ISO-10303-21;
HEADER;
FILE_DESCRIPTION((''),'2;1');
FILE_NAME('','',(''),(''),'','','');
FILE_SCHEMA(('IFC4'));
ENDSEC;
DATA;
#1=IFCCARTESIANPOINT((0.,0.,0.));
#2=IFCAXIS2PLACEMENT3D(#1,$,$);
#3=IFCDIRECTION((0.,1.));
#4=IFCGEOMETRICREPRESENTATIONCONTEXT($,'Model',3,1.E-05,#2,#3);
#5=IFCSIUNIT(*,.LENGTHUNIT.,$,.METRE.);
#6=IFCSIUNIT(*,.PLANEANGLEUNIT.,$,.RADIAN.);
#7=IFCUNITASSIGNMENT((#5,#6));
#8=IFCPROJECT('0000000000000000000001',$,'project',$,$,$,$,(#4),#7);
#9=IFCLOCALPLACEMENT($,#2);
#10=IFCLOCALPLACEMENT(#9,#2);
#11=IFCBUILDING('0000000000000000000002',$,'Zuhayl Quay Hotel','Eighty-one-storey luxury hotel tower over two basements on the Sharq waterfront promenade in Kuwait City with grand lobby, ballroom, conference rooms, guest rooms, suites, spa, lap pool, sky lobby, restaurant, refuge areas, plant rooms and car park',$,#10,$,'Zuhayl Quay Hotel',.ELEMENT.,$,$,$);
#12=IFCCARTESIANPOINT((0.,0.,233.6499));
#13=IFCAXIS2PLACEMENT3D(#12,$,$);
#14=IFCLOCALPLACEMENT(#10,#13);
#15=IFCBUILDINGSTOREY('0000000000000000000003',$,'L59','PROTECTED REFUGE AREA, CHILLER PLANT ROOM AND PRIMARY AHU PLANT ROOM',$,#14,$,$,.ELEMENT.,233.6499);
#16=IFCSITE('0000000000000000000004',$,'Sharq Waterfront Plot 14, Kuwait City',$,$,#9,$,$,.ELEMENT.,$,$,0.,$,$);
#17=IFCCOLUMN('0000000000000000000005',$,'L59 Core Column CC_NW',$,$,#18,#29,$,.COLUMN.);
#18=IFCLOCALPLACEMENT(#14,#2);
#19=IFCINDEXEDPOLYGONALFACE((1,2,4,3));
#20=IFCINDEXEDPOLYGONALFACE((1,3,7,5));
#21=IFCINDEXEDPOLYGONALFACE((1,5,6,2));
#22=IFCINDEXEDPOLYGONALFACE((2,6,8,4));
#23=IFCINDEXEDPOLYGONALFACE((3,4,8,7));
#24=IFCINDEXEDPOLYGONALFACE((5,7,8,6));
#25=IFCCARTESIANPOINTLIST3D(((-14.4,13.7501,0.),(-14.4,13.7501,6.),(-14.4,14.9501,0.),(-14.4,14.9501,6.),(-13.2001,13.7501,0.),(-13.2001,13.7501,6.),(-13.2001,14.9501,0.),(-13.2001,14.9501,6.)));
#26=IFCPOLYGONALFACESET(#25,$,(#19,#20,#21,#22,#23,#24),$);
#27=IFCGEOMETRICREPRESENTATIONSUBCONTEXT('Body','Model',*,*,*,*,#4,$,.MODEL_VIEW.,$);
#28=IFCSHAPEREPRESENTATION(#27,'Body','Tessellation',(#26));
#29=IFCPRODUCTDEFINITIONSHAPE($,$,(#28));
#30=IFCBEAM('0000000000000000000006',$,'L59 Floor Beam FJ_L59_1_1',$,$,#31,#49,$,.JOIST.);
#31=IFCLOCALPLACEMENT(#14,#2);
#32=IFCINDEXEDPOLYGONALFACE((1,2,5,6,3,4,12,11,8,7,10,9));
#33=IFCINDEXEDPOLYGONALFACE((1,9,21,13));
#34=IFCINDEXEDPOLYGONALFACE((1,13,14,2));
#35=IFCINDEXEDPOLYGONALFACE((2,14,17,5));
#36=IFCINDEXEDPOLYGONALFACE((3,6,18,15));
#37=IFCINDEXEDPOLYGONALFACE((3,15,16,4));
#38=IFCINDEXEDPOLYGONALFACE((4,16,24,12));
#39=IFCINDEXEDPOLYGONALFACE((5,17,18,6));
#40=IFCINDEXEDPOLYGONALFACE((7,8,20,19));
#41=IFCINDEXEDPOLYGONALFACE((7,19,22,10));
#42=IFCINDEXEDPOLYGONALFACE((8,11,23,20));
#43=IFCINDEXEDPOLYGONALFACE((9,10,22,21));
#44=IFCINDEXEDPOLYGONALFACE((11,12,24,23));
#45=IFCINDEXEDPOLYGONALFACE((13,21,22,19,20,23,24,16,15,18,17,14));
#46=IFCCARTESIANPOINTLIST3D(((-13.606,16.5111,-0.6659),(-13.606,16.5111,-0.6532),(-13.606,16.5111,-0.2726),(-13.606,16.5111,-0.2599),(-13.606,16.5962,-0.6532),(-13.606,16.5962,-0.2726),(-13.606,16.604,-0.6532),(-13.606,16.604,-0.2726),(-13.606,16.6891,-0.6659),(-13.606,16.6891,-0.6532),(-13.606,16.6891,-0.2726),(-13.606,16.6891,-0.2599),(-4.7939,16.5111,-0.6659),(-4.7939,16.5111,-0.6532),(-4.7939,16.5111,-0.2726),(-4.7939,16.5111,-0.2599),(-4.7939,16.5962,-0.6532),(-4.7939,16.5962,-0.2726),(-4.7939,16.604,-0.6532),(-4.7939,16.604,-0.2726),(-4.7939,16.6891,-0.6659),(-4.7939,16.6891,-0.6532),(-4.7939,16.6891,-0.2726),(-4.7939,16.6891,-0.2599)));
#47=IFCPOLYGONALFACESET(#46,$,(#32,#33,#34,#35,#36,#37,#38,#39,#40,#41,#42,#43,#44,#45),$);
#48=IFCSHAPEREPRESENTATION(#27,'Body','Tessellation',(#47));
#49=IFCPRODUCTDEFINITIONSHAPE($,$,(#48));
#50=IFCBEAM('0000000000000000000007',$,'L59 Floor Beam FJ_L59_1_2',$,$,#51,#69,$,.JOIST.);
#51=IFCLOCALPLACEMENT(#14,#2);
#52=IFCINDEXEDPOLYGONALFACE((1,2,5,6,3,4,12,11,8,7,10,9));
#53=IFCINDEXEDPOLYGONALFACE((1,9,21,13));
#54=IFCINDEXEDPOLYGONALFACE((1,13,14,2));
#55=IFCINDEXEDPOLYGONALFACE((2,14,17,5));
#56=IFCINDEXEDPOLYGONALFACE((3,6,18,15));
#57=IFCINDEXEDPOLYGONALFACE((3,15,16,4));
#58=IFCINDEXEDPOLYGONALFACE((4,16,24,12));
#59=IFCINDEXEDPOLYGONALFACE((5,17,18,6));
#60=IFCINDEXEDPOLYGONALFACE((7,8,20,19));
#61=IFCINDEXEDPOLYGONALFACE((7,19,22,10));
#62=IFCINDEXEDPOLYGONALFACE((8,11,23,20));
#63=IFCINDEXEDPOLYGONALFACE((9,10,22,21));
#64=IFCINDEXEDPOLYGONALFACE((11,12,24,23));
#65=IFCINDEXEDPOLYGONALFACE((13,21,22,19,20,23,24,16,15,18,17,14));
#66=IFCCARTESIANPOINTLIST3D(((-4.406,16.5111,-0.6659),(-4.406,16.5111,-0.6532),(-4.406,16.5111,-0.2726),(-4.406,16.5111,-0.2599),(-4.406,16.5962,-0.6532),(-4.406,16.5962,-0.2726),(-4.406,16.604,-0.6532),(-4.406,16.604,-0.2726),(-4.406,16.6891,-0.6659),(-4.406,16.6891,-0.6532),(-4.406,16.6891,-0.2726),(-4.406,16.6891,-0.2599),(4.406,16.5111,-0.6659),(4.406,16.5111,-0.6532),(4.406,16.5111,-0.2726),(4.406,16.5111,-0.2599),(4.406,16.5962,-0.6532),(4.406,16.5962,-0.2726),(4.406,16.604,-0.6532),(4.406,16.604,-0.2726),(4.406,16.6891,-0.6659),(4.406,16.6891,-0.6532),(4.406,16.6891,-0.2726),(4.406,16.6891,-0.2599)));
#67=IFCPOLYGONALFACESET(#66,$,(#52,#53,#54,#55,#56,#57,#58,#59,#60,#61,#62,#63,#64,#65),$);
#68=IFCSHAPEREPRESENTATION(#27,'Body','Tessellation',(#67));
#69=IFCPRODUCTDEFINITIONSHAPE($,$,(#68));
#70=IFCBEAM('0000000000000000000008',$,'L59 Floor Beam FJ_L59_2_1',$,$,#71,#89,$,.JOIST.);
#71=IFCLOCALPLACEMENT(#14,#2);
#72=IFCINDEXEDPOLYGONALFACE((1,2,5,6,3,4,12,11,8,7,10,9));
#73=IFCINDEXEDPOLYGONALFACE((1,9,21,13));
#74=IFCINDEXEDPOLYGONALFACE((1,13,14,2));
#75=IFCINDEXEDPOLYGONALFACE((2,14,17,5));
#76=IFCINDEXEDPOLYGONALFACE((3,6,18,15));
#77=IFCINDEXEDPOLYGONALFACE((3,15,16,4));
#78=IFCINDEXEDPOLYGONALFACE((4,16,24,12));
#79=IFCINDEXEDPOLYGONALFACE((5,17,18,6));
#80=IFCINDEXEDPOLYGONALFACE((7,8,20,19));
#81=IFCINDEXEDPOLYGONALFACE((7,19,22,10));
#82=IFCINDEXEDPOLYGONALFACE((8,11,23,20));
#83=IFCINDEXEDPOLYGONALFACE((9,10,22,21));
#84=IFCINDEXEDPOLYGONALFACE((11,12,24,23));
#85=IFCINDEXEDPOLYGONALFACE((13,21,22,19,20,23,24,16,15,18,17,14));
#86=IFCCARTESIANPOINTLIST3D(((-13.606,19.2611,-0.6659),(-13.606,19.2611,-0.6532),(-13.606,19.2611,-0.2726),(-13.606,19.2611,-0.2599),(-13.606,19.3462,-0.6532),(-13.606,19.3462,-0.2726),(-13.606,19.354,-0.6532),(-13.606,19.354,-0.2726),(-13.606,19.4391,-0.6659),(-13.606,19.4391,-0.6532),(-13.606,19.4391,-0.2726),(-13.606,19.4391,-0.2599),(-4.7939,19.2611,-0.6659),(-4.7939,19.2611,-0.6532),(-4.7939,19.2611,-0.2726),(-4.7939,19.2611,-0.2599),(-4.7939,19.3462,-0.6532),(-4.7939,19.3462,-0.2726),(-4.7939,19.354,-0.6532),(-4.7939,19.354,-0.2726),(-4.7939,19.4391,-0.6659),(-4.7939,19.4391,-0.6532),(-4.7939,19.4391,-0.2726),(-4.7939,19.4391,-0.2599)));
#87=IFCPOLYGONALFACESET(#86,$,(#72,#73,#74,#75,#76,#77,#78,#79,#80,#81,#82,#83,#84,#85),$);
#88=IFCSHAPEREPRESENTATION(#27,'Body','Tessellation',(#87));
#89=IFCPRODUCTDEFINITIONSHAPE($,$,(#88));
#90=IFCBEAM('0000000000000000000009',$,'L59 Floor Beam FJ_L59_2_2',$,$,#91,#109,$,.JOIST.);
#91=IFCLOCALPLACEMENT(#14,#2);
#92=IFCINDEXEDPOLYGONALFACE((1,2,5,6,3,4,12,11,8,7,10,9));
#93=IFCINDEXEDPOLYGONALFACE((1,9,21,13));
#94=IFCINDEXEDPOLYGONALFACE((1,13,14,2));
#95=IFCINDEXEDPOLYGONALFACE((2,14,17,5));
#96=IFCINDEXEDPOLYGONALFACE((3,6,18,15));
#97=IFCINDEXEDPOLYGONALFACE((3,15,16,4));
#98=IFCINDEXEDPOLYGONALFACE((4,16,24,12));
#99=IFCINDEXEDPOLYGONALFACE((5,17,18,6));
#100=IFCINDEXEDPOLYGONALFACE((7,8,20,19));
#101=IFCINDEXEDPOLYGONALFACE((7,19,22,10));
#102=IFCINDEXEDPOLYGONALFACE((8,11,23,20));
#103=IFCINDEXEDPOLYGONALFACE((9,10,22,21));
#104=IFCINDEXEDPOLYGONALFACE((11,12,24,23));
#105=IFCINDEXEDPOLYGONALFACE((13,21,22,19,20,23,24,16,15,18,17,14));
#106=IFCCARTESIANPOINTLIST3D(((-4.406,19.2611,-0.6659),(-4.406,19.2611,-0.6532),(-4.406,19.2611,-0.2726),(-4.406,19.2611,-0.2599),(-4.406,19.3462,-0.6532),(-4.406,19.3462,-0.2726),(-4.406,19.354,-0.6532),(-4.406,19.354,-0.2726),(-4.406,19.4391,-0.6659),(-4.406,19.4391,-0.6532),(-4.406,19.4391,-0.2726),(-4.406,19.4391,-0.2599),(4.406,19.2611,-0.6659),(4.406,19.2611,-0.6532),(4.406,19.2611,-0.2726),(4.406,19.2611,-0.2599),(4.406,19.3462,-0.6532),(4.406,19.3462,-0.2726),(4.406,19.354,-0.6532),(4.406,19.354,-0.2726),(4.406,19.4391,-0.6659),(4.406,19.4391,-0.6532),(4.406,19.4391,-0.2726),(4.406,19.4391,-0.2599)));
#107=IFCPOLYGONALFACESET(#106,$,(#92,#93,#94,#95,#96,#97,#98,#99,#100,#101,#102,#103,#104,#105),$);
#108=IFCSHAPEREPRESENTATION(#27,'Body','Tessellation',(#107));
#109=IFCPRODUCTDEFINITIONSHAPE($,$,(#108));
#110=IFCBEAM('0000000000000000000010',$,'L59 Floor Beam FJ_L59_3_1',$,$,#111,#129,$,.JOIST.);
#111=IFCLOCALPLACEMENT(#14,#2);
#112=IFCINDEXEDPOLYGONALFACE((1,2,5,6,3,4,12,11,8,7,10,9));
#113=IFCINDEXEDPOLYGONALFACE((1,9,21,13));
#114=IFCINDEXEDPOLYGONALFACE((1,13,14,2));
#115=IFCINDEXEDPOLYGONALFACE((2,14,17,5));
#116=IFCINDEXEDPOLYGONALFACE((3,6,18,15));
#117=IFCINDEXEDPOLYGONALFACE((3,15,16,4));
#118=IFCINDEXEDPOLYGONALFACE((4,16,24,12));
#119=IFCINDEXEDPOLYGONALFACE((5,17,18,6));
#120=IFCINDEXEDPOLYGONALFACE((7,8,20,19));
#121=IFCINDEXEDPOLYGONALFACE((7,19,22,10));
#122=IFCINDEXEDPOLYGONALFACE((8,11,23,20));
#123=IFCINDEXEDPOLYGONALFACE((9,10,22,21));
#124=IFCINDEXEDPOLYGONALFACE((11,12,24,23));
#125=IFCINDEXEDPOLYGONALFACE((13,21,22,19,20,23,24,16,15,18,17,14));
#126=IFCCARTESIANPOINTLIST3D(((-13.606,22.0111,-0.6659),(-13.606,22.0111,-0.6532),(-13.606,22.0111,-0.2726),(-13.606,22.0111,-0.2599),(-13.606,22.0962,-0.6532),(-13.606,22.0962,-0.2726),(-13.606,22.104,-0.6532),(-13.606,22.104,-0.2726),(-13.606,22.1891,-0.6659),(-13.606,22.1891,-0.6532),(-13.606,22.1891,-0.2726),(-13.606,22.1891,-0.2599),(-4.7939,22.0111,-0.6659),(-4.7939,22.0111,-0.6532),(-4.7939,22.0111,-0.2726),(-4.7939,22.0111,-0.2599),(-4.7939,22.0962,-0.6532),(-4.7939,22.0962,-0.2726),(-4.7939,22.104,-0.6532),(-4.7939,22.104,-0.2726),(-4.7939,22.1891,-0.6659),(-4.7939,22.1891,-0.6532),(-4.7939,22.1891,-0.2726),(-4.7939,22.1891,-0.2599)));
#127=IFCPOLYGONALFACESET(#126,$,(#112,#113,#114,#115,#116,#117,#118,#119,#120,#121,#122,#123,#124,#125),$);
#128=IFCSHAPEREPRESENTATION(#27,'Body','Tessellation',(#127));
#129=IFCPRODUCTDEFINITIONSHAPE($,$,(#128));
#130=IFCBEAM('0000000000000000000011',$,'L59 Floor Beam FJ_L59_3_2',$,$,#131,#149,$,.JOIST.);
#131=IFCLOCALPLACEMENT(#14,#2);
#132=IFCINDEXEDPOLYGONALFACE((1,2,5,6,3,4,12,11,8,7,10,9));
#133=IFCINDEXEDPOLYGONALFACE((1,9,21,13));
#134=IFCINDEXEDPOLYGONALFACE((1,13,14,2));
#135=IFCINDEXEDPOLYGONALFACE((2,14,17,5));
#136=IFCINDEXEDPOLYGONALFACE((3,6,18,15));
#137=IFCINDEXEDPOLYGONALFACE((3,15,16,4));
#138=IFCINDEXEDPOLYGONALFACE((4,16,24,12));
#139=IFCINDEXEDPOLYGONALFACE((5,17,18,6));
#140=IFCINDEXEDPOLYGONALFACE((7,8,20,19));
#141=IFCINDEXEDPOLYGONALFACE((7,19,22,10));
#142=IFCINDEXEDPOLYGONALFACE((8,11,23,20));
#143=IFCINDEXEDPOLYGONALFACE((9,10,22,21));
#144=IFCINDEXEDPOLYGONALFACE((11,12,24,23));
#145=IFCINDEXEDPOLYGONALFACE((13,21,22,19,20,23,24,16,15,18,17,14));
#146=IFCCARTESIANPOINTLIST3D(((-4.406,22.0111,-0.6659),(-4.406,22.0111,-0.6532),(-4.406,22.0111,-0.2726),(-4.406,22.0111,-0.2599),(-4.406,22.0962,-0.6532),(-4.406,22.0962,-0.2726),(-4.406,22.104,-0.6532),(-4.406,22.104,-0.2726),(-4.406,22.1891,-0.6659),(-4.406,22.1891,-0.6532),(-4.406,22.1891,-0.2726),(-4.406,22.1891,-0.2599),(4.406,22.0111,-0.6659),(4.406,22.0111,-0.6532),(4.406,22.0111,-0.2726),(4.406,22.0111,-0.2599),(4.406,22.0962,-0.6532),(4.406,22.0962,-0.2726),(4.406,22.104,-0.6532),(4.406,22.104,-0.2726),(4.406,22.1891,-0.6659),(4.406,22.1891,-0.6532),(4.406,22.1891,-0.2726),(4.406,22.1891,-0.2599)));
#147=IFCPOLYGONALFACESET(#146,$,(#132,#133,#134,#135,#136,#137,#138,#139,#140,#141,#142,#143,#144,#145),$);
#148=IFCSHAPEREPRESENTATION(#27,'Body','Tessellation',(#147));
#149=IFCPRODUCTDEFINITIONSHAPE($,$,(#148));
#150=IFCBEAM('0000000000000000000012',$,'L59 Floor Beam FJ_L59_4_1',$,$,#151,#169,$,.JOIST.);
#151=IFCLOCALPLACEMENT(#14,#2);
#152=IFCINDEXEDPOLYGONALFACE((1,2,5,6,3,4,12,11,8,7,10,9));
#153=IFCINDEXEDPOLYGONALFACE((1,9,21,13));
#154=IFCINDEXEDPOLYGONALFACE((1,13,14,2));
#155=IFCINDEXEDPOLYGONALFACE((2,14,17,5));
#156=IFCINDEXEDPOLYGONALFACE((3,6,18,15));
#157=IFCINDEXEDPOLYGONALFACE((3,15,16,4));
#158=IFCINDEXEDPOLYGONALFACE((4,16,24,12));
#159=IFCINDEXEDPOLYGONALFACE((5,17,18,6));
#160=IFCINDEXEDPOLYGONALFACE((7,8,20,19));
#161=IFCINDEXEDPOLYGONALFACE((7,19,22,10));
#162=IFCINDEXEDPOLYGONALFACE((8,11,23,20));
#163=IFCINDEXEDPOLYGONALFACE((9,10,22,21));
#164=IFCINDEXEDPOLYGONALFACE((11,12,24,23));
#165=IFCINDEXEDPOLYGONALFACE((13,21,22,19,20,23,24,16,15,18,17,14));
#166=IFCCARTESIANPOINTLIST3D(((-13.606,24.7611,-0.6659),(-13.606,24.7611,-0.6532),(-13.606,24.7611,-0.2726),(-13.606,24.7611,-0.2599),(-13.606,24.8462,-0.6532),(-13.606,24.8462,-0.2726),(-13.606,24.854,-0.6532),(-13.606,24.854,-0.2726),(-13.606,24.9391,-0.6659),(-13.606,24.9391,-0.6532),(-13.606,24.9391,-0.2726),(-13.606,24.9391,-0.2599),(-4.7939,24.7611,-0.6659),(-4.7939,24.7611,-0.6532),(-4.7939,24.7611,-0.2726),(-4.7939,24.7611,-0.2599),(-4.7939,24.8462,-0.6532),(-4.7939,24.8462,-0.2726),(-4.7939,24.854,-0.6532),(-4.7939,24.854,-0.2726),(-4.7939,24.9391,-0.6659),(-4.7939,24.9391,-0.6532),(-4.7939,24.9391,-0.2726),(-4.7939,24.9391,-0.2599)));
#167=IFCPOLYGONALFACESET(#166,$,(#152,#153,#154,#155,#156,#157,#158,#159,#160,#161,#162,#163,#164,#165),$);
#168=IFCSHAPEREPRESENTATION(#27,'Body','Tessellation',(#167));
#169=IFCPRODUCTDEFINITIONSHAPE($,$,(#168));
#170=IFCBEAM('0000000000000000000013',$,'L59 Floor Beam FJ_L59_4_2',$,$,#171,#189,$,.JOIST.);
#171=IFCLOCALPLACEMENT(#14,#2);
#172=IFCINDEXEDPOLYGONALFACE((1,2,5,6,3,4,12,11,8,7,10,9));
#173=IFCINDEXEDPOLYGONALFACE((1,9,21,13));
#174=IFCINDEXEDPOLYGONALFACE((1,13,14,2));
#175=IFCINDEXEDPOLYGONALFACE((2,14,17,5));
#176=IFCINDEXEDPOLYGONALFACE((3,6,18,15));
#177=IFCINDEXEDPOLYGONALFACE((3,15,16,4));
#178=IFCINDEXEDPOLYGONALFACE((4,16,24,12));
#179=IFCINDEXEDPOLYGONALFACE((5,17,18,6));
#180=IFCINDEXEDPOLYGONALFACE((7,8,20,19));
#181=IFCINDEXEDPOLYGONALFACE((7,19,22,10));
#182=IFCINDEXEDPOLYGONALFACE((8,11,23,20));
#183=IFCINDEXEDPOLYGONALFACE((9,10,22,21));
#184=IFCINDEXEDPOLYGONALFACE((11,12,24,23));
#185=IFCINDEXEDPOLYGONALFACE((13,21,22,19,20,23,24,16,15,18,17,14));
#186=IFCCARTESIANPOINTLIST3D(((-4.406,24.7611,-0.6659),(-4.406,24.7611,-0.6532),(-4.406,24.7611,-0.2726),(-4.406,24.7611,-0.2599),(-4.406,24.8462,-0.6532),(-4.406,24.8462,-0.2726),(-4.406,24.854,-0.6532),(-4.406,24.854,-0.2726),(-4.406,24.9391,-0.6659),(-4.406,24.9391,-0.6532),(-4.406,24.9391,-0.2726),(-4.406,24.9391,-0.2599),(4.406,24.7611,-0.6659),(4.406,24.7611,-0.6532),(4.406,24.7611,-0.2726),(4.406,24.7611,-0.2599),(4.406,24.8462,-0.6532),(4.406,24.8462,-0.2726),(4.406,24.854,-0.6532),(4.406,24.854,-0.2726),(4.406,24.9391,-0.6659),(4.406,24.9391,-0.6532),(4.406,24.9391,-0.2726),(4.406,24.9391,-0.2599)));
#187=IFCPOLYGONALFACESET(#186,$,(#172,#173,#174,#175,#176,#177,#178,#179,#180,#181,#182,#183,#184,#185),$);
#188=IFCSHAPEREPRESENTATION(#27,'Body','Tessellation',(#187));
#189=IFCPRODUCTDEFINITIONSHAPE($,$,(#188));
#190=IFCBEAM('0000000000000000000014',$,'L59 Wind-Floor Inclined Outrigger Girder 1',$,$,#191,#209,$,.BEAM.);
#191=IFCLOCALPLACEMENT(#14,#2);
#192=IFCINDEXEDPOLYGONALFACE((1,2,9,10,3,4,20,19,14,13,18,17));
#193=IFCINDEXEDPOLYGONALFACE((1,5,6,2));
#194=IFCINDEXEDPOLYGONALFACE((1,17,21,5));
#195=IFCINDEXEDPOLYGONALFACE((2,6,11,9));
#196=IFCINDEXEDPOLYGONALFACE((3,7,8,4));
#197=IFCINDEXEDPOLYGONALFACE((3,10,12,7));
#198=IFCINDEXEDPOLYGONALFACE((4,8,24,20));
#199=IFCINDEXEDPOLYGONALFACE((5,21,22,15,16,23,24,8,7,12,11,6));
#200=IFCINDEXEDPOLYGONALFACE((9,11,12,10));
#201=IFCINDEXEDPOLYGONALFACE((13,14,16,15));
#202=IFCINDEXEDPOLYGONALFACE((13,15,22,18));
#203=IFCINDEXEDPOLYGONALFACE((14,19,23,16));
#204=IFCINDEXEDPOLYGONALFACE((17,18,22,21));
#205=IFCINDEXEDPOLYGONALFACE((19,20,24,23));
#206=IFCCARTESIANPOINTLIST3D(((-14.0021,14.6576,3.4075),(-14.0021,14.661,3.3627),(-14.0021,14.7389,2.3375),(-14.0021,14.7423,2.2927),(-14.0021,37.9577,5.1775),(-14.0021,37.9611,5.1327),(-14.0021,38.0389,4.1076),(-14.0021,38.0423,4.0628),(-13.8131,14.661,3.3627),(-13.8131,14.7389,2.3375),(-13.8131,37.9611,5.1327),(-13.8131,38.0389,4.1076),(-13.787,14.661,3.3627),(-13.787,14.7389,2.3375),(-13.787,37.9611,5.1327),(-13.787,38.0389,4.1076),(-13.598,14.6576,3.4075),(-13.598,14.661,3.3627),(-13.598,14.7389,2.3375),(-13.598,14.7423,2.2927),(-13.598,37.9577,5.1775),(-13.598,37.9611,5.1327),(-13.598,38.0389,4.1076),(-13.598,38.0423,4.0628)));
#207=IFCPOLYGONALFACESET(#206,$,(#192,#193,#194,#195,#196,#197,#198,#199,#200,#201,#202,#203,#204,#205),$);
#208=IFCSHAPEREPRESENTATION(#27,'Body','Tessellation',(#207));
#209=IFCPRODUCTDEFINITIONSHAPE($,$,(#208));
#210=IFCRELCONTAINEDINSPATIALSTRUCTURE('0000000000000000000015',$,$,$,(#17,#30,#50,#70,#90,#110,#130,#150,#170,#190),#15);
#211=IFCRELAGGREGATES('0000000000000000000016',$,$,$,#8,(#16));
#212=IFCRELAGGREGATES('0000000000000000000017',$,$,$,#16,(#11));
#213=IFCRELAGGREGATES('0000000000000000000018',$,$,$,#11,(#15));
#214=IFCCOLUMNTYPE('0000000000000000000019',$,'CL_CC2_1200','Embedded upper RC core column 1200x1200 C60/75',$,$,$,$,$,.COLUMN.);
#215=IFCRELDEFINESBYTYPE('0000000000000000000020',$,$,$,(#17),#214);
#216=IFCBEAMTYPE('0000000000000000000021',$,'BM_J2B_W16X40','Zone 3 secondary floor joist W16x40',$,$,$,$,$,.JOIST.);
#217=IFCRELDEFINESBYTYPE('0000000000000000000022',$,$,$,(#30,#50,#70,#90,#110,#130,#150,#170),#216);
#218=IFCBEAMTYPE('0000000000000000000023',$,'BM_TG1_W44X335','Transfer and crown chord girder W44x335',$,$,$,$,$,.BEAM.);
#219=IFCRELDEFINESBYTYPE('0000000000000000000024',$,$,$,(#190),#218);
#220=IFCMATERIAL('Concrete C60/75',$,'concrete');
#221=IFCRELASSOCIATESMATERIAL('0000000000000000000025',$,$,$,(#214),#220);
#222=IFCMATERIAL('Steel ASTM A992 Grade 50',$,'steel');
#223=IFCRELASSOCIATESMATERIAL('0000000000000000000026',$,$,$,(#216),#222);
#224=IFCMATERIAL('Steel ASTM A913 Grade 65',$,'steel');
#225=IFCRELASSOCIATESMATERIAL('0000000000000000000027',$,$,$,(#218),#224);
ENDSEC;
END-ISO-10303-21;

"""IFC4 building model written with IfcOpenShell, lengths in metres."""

from ifc_helpers import new_model, si_unit, direction, frame, origin, origin_2d, place, context, subcontext, project, spatial, rectangle, i_section, extrude, material, material_profile, profile_set, type_object, element, save


model = new_model("IFC4")

# Units and contexts
model_context = context("Model", 3, precision=1e-05, world=origin(), true_north=direction((0.0, 1.0)))
body_context = subcontext(model_context, "Body", "Model", "MODEL_VIEW")
ifc_project = project(units=[si_unit("LENGTHUNIT", "METRE"), si_unit("PLANEANGLEUNIT", "RADIAN")], contexts=[model_context])

# Site, building, storey
site_placement = place(None, origin())
site = spatial("IfcSite", under=ifc_project, at=site_placement, Name="Sharq Waterfront Plot 14, Kuwait City", CompositionType="ELEMENT", RefElevation=0.0)
building_placement = place(site_placement, origin())
building = spatial("IfcBuilding", under=site, at=building_placement, Name="Zuhayl Quay Hotel", Description="Eighty-one-storey luxury hotel tower over two basements on the Sharq waterfront promenade in Kuwait City with grand lobby, ballroom, conference rooms, guest rooms, suites, spa, lap pool, sky lobby, restaurant, refuge areas, plant rooms and car park", LongName="Zuhayl Quay Hotel", CompositionType="ELEMENT")
storey_placement = place(building_placement, frame((0.0, 0.0, 233.6499)))
storey = spatial("IfcBuildingStorey", under=building, at=storey_placement, Name="L59", Description="PROTECTED REFUGE AREA, CHILLER PLANT ROOM AND PRIMARY AHU PLANT ROOM", CompositionType="ELEMENT", Elevation=233.6499)

# Column
ifc_material_1 = material(Name="Concrete C60/75", Category="concrete")
ifc_material_profile_1 = material_profile(ifc_material_1, rectangle(XDim=1.2, YDim=1.2, at=origin_2d()), Name="RC1200X1200")
ifc_profile_set_1 = profile_set([ifc_material_profile_1], Name="Concrete C60/75")
column_type = type_object("IfcColumnType", Name="CL_CC2_1200", Description="Embedded upper RC core column 1200x1200 C60/75", PredefinedType="COLUMN", material=ifc_profile_set_1)
column_placement = place(storey_placement, frame((-13.8, 14.3501, 0.0), z_axis=(0.0, 0.0, 1.0), x_axis=(1.0, 0.0, 0.0)))
element("IfcColumn", 1, at=column_placement, inside=storey, type_object=column_type, Name="L59 Core Column CC_NW", PredefinedType="COLUMN", context=body_context, shape_type="SweptSolid", body=[
    extrude(rectangle(XDim=1.2, YDim=1.2, at=origin_2d()), origin(), (0.0, 0.0, 1.0), 6.0),
])

# Beams
ifc_material_2 = material(Name="Steel ASTM A992 Grade 50", Category="steel")
ifc_material_profile_2 = material_profile(ifc_material_2, i_section(OverallWidth=0.178, OverallDepth=0.406, WebThickness=0.0078, FlangeThickness=0.0127, at=origin_2d()), Name="W16X40")
ifc_profile_set_2 = profile_set([ifc_material_profile_2], Name="Steel ASTM A992 Grade 50")
beam_type_1 = type_object("IfcBeamType", Name="BM_J2B_W16X40", Description="Zone 3 secondary floor joist W16x40", PredefinedType="JOIST", material=ifc_profile_set_2)
for number, where, z_axis, x_axis, name in (
    (2, (-13.606, 16.6001, -0.4629), (1.0, 0.0, 0.0), (0.0, 1.0, 0.0), "L59 Floor Beam FJ_L59_1_1"),
    (3, (-4.406, 16.6001, -0.4629), (1.0, 0.0, 0.0), (0.0, 1.0, 0.0), "L59 Floor Beam FJ_L59_1_2"),
    (4, (-13.606, 19.3501, -0.4629), (1.0, 0.0, 0.0), (0.0, 1.0, 0.0), "L59 Floor Beam FJ_L59_2_1"),
    (5, (-4.406, 19.3501, -0.4629), (1.0, 0.0, 0.0), (0.0, 1.0, 0.0), "L59 Floor Beam FJ_L59_2_2"),
    (6, (-13.606, 22.1001, -0.4629), (1.0, 0.0, 0.0), (0.0, 1.0, 0.0), "L59 Floor Beam FJ_L59_3_1"),
    (7, (-4.406, 22.1001, -0.4629), (1.0, 0.0, 0.0), (0.0, 1.0, 0.0), "L59 Floor Beam FJ_L59_3_2"),
    (8, (-13.606, 24.8501, -0.4629), (1.0, 0.0, 0.0), (0.0, 1.0, 0.0), "L59 Floor Beam FJ_L59_4_1"),
    (9, (-4.406, 24.8501, -0.4629), (1.0, 0.0, 0.0), (0.0, 1.0, 0.0), "L59 Floor Beam FJ_L59_4_2"),
):
    element("IfcBeam", number, at=place(storey_placement, frame(where, z_axis=z_axis, x_axis=x_axis)), inside=storey, type_object=beam_type_1, Name=name, PredefinedType="JOIST", context=body_context, shape_type="SweptSolid", body=[
        extrude(i_section(OverallWidth=0.178, OverallDepth=0.406, WebThickness=0.0078, FlangeThickness=0.0127, at=origin_2d()), origin(), (0.0, 0.0, 1.0), 8.812),
    ])
ifc_material_3 = material(Name="Steel ASTM A913 Grade 65", Category="steel")
ifc_material_profile_3 = material_profile(ifc_material_3, i_section(OverallWidth=0.4041, OverallDepth=1.1179, WebThickness=0.0261, FlangeThickness=0.0449, at=origin_2d()), Name="W44X335")
ifc_profile_set_3 = profile_set([ifc_material_profile_3], Name="Steel ASTM A913 Grade 65")
beam_type_2 = type_object("IfcBeamType", Name="BM_TG1_W44X335", Description="Transfer and crown chord girder W44x335", PredefinedType="BEAM", material=ifc_profile_set_3)
beam_1_placement = place(storey_placement, frame((-13.8, 14.7, 2.8501), z_axis=(0.0, 0.997127, 0.075748), x_axis=(-1.0, 0.0, 0.0)))
element("IfcBeam", 10, at=beam_1_placement, inside=storey, type_object=beam_type_2, Name="L59 Wind-Floor Inclined Outrigger Girder 1", PredefinedType="BEAM", context=body_context, shape_type="SweptSolid", body=[
    extrude(i_section(OverallWidth=0.4041, OverallDepth=1.1179, WebThickness=0.0261, FlangeThickness=0.0449, at=origin_2d()), origin(), (0.0, 0.0, 1.0), 23.3672),
])

save(model, "model.ifc")
